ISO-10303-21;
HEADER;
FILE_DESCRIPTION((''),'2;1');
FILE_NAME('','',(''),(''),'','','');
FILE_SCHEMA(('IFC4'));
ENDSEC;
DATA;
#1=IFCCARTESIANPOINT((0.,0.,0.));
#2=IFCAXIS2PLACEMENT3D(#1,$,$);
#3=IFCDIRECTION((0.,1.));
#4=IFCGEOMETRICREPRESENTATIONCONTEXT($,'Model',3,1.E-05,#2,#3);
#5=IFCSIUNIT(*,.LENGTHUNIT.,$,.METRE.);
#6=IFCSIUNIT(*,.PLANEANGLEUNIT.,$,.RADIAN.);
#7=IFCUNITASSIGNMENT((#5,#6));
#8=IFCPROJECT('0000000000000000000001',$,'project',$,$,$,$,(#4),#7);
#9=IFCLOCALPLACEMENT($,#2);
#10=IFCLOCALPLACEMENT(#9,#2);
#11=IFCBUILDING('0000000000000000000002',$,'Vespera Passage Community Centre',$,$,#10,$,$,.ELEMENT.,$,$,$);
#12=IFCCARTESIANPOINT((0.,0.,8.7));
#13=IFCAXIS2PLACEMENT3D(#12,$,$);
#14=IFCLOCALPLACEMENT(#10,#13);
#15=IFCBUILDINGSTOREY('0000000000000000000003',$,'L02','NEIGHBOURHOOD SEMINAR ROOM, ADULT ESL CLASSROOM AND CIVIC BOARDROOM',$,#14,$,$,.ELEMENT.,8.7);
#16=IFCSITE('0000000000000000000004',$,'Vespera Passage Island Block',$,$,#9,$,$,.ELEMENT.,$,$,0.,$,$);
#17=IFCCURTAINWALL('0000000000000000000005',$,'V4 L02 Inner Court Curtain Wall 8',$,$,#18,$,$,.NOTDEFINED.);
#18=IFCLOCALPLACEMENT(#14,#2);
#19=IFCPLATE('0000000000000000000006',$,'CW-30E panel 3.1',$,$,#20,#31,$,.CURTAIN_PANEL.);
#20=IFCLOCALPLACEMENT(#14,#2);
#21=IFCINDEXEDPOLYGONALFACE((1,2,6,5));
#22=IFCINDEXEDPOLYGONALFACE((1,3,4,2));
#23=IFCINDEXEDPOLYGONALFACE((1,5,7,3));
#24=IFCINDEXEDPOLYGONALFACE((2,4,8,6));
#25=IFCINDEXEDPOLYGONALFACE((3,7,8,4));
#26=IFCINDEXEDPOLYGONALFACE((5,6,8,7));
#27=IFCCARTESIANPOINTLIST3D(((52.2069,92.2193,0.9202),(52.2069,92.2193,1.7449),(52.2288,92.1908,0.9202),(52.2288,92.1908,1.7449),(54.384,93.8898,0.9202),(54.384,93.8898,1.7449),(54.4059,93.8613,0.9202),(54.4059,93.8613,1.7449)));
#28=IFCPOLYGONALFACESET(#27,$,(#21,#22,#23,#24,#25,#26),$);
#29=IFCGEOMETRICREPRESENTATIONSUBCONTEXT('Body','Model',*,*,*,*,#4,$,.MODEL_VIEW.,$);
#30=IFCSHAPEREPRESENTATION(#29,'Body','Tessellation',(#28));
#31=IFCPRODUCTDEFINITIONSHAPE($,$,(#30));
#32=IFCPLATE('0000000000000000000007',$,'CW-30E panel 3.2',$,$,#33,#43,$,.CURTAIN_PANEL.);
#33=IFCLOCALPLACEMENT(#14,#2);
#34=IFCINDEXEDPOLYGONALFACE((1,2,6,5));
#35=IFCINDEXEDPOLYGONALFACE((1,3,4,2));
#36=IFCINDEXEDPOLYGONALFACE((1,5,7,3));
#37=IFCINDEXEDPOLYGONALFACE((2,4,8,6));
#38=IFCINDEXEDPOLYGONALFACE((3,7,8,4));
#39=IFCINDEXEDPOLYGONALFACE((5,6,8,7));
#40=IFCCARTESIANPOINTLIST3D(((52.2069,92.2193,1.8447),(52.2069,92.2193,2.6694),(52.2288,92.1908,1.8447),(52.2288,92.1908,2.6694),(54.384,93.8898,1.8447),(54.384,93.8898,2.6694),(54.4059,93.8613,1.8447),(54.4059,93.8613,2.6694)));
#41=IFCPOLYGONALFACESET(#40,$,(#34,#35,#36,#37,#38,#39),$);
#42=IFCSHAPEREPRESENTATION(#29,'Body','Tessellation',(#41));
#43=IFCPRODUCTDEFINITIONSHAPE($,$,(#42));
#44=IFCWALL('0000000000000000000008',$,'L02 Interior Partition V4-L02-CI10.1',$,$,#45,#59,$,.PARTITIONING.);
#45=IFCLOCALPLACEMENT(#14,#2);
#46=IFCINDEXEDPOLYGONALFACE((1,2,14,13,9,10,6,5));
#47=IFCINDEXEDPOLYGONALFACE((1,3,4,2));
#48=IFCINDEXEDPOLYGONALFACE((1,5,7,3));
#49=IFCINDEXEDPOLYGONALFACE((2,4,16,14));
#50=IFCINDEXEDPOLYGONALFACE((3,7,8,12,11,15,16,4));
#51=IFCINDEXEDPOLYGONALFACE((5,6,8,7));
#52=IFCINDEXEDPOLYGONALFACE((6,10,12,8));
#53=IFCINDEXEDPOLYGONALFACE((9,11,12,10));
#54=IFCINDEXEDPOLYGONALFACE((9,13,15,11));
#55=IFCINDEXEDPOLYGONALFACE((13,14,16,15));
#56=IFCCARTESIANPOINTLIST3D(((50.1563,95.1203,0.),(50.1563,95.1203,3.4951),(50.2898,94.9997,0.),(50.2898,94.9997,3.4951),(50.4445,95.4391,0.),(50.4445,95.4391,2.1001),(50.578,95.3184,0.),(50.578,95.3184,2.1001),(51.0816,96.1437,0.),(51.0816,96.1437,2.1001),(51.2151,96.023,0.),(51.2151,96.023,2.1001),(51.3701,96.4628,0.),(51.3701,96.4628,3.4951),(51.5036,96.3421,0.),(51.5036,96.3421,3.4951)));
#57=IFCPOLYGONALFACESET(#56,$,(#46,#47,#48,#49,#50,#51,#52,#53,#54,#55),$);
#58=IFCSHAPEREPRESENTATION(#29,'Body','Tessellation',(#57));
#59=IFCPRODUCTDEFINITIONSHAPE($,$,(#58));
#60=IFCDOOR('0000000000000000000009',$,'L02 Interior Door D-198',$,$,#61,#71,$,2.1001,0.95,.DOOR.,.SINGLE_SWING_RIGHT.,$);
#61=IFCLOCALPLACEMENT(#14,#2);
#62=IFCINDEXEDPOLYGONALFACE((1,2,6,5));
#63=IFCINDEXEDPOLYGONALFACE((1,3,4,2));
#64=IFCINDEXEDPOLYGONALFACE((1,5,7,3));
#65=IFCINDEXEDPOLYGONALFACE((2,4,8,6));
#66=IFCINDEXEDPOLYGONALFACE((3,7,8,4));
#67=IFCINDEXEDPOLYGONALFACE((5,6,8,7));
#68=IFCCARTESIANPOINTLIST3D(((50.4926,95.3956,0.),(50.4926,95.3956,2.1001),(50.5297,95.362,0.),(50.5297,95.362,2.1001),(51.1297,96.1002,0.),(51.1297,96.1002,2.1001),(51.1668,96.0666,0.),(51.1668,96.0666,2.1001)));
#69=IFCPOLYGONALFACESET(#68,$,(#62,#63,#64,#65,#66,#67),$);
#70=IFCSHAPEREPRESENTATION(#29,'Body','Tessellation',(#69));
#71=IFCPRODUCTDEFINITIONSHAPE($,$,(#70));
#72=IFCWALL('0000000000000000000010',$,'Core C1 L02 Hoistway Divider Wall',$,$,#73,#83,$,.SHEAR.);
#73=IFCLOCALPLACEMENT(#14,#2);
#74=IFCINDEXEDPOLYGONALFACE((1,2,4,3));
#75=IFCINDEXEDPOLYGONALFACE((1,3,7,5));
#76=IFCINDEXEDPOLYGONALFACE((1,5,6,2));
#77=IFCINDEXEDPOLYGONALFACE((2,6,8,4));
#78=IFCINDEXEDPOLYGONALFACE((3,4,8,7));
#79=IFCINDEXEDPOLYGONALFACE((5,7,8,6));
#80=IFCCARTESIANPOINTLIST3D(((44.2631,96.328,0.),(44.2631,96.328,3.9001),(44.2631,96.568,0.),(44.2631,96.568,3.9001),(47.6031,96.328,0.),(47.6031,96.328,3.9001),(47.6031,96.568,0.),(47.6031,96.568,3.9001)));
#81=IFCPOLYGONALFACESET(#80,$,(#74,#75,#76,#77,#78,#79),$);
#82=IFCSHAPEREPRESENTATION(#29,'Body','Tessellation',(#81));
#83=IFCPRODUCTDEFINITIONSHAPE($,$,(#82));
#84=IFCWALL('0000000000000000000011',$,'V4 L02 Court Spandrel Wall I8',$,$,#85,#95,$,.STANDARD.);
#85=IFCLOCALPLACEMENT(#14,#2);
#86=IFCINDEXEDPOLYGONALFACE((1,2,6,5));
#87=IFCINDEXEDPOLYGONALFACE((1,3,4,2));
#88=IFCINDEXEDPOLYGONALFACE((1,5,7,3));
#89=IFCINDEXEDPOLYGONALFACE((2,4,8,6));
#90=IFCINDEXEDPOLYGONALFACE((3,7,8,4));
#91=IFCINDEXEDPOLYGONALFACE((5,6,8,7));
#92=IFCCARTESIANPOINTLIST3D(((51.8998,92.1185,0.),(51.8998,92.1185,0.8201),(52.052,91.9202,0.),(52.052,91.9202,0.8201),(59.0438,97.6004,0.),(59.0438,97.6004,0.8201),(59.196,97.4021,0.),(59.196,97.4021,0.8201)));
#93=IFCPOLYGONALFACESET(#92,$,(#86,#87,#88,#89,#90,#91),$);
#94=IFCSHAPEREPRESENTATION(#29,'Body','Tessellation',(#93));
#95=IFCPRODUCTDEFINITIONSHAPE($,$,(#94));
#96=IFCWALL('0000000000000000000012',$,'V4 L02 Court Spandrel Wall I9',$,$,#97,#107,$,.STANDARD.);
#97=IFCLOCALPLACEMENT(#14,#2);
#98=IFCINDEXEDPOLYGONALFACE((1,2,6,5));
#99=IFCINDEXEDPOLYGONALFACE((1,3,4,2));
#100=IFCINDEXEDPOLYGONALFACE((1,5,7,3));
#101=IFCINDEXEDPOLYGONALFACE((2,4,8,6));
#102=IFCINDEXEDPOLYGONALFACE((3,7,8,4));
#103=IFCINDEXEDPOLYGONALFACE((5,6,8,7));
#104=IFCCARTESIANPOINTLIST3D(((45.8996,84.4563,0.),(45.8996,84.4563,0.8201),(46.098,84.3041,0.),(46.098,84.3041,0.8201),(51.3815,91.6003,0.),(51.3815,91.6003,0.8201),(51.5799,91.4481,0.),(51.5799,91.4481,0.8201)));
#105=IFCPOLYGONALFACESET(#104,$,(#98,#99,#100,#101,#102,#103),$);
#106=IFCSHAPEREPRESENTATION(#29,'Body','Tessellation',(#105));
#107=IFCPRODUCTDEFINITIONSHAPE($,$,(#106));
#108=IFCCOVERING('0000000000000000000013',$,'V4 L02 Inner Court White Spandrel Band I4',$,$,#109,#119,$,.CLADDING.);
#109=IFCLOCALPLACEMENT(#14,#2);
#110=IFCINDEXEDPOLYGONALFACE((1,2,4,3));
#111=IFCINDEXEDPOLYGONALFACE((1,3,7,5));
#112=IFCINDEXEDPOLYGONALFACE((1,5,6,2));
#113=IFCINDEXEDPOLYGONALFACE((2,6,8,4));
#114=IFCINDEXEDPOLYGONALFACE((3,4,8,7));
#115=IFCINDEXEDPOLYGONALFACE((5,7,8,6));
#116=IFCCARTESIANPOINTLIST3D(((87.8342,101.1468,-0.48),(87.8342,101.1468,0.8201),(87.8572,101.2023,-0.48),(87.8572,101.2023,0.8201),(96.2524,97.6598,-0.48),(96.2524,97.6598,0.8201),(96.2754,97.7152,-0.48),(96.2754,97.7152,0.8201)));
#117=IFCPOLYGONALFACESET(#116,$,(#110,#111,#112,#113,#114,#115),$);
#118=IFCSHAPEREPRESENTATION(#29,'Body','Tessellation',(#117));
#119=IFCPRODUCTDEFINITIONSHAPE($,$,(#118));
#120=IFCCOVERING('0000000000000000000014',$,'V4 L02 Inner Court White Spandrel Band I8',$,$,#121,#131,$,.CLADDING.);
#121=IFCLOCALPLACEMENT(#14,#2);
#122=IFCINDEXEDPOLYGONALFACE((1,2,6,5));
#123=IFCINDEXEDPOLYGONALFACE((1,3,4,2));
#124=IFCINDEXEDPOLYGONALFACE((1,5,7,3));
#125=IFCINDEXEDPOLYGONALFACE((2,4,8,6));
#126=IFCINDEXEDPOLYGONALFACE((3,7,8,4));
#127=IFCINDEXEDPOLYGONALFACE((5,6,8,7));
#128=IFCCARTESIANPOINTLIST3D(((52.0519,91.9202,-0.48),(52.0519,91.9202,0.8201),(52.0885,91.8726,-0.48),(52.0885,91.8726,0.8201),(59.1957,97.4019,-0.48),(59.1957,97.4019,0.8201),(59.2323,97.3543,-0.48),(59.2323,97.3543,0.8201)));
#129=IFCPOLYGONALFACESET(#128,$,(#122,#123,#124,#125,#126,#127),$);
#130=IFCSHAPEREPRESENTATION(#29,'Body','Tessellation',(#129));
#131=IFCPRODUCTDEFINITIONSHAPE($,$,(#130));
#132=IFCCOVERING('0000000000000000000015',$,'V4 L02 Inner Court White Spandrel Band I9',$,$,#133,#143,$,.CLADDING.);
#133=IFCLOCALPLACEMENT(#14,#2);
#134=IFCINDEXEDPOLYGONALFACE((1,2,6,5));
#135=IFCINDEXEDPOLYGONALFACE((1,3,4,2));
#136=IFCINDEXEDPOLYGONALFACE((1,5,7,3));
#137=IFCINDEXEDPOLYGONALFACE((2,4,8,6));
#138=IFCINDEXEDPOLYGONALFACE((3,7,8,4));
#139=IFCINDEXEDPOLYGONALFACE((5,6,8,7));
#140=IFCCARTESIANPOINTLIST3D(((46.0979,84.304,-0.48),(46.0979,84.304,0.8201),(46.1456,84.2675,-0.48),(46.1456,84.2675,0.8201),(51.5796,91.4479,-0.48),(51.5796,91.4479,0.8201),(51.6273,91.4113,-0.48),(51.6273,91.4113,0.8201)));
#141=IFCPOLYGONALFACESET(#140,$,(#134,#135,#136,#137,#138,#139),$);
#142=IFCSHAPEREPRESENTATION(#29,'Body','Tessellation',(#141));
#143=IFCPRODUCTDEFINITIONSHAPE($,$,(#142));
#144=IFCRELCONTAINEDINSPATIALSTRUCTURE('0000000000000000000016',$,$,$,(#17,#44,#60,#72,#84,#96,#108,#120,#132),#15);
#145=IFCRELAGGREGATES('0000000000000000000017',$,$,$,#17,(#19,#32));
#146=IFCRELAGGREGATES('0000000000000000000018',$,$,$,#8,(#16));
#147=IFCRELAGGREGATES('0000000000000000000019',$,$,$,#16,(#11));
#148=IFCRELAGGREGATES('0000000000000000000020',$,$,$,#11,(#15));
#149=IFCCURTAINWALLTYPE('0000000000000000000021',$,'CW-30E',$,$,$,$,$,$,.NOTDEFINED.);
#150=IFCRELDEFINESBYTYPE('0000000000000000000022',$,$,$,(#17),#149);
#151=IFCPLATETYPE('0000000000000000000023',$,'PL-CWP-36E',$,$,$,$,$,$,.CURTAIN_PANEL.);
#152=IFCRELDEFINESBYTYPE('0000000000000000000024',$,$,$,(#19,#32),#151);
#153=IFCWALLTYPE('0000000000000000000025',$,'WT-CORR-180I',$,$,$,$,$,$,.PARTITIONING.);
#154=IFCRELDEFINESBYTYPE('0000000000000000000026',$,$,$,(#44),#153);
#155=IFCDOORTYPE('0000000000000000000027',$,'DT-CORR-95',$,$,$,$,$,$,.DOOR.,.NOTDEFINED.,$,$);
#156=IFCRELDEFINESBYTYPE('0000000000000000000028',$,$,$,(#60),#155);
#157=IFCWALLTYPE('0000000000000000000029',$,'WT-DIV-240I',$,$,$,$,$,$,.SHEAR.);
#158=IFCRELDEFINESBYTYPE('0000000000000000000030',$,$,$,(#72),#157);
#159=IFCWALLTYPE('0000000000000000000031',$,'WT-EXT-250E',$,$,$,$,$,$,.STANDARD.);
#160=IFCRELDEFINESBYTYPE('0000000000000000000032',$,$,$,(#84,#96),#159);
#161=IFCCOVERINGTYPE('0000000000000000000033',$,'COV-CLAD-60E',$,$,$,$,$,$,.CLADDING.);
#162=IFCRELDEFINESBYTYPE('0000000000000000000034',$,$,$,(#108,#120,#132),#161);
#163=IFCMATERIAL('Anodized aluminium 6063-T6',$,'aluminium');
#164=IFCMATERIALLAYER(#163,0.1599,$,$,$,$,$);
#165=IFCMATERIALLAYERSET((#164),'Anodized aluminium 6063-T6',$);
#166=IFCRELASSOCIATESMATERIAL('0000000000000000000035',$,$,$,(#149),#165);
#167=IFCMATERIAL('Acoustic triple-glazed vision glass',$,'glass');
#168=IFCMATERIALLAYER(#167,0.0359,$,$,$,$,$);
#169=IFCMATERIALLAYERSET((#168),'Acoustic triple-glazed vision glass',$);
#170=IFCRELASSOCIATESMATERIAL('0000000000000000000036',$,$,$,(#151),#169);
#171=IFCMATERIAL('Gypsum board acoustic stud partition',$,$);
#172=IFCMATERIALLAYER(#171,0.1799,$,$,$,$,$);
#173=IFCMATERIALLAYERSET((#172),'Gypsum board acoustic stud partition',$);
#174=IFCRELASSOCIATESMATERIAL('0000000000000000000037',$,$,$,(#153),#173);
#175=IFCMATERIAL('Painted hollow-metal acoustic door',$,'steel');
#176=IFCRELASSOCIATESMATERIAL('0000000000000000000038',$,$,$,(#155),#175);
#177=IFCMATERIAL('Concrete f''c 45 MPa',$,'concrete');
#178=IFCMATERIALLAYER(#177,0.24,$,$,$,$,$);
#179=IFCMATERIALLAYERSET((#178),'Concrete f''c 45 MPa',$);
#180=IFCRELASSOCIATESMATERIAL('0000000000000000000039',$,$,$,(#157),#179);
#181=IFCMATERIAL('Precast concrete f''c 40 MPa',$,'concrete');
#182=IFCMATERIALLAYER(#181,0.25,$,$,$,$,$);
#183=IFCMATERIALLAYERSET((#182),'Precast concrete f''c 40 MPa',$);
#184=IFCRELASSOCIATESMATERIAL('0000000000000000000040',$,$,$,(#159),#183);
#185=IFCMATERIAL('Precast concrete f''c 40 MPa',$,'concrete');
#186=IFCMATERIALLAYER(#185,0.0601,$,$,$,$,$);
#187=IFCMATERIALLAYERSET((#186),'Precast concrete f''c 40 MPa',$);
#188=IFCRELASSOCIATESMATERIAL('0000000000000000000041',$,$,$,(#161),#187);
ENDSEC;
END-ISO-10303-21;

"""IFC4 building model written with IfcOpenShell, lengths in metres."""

from ifc_helpers import new_model, si_unit, direction, frame, frame_2d, origin, origin_2d, place, context, subcontext, project, spatial, rectangle, extrude, material, layer, layer_set, type_object, element, fill, aggregate, save


model = new_model("IFC4")

# Units and contexts
model_context = context("Model", 3, precision=1e-05, world=origin(), true_north=direction((0.0, 1.0)))
body_context = subcontext(model_context, "Body", "Model", "MODEL_VIEW")
ifc_project = project(units=[si_unit("LENGTHUNIT", "METRE"), si_unit("PLANEANGLEUNIT", "RADIAN")], contexts=[model_context])

# Site, building, storey
site_placement = place(None, origin())
site = spatial("IfcSite", under=ifc_project, at=site_placement, Name="Vespera Passage Island Block", CompositionType="ELEMENT", RefElevation=0.0)
building_placement = place(site_placement, origin())
building = spatial("IfcBuilding", under=site, at=building_placement, Name="Vespera Passage Community Centre", CompositionType="ELEMENT")
storey_placement = place(building_placement, frame((0.0, 0.0, 8.7)))
storey = spatial("IfcBuildingStorey", under=building, at=storey_placement, Name="L02", Description="NEIGHBOURHOOD SEMINAR ROOM, ADULT ESL CLASSROOM AND CIVIC BOARDROOM", CompositionType="ELEMENT", Elevation=8.7)

# Curtain wall
ifc_material_1 = material(Name="Anodized aluminium 6063-T6", Category="aluminium")
ifc_layer_1 = layer(ifc_material_1, 0.1599)
ifc_layer_set_1 = layer_set([ifc_layer_1], Name="Anodized aluminium 6063-T6")
curtain_wall_type_1 = type_object("IfcCurtainWallType", Name="CW-30E", PredefinedType="NOTDEFINED", material=ifc_layer_set_1)
curtain_wall_1_placement = place(storey_placement, origin())
curtain_wall_1 = element("IfcCurtainWall", 1, at=curtain_wall_1_placement, inside=storey, type_object=curtain_wall_type_1, Name="V4 L02 Inner Court Curtain Wall 8", PredefinedType="NOTDEFINED")

# Plates
ifc_material_2 = material(Name="Acoustic triple-glazed vision glass", Category="glass")
ifc_layer_2 = layer(ifc_material_2, 0.0359)
ifc_layer_set_2 = layer_set([ifc_layer_2], Name="Acoustic triple-glazed vision glass")
plate_type = type_object("IfcPlateType", Name="PL-CWP-36E", PredefinedType="CURTAIN_PANEL", material=ifc_layer_set_2)
plate_1_placement = place(storey_placement, frame((53.3064, 93.0403, 0.9202), z_axis=(0.0, 0.0, 1.0), x_axis=(-0.793358, -0.608755, 0.0)))
plate_1 = element("IfcPlate", 2, at=plate_1_placement, type_object=plate_type, Name="CW-30E panel 3.1", PredefinedType="CURTAIN_PANEL", context=body_context, shape_type="SweptSolid", body=[
    extrude(rectangle(XDim=2.7441, YDim=0.0359, at=origin_2d()), origin(), (0.0, 0.0, 1.0), 0.8247),
])
plate_2_placement = place(storey_placement, frame((53.3064, 93.0403, 1.8447), z_axis=(0.0, 0.0, 1.0), x_axis=(-0.793358, -0.608755, 0.0)))
plate_2 = element("IfcPlate", 3, at=plate_2_placement, type_object=plate_type, Name="CW-30E panel 3.2", PredefinedType="CURTAIN_PANEL", context=body_context, shape_type="SweptSolid", body=[
    extrude(rectangle(XDim=2.7441, YDim=0.0359, at=origin_2d()), origin(), (0.0, 0.0, 1.0), 0.8247),
])
aggregate(curtain_wall_1, [plate_1, plate_2])

# Wall, opening, door
ifc_material_3 = material(Name="Gypsum board acoustic stud partition")
ifc_layer_3 = layer(ifc_material_3, 0.1799)
ifc_layer_set_3 = layer_set([ifc_layer_3], Name="Gypsum board acoustic stud partition")
wall_type_1 = type_object("IfcWallType", Name="WT-CORR-180I", PredefinedType="PARTITIONING", material=ifc_layer_set_3)
wall_1_placement = place(storey_placement, frame((51.4368, 96.4023, 0.0), z_axis=(0.0, 0.0, 1.0), x_axis=(-0.67067, -0.741756, 0.0)))
wall_1 = element("IfcWall", 4, at=wall_1_placement, inside=storey, type_object=wall_type_1, Name="L02 Interior Partition V4-L02-CI10.1", PredefinedType="PARTITIONING", context=body_context, shape_type="SweptSolid", body=[
    extrude(rectangle(XDim=1.8098, YDim=0.1799, at=frame_2d((0.9048, 0.0))), origin(), (0.0, 0.0, 1.0), 3.4951),
])
opening_placement = place(wall_1_placement, frame((0.4299, 0.0, 0.0)))
opening = element("IfcOpeningElement", 5, at=opening_placement, cuts=wall_1, PredefinedType="OPENING", context=body_context, shape_type="SweptSolid", body=[
    extrude(rectangle(XDim=0.95, YDim=2.1001, at=frame_2d((0.4751, 1.05))), frame((0.0, 0.0999, 0.0), z_axis=(0.0, -1.0, 0.0), x_axis=(1.0, 0.0, 0.0)), (0.0, 0.0, 1.0), 0.2),
])
ifc_material_4 = material(Name="Painted hollow-metal acoustic door", Category="steel")
door_type = type_object("IfcDoorType", Name="DT-CORR-95", OperationType="NOTDEFINED", PredefinedType="DOOR", material=ifc_material_4)
door_placement = place(opening_placement, origin())
door = element("IfcDoor", 6, at=door_placement, inside=storey, type_object=door_type, Name="L02 Interior Door D-198", OperationType="SINGLE_SWING_RIGHT", OverallHeight=2.1001, OverallWidth=0.95, PredefinedType="DOOR", context=body_context, shape_type="SweptSolid", body=[
    extrude(rectangle(XDim=0.95, YDim=2.1001, at=frame_2d((0.4751, 1.05))), frame((0.0, 0.0249, 0.0), z_axis=(0.0, -1.0, 0.0), x_axis=(1.0, 0.0, 0.0)), (0.0, 0.0, 1.0), 0.05),
])
fill(opening, door)

# Walls
ifc_material_5 = material(Name="Concrete f'c 45 MPa", Category="concrete")
ifc_layer_4 = layer(ifc_material_5, 0.24)
ifc_layer_set_4 = layer_set([ifc_layer_4], Name="Concrete f'c 45 MPa")
wall_type_2 = type_object("IfcWallType", Name="WT-DIV-240I", PredefinedType="SHEAR", material=ifc_layer_set_4)
wall_2_placement = place(storey_placement, frame((47.603, 96.448, 0.0), z_axis=(0.0, 0.0, 1.0), x_axis=(-1.0, 0.0, 0.0)))
element("IfcWall", 7, at=wall_2_placement, inside=storey, type_object=wall_type_2, Name="Core C1 L02 Hoistway Divider Wall", PredefinedType="SHEAR", context=body_context, shape_type="SweptSolid", body=[
    extrude(rectangle(XDim=3.3401, YDim=0.24, at=frame_2d((1.6699, 0.0))), origin(), (0.0, 0.0, 1.0), 3.9001),
])
ifc_material_6 = material(Name="Precast concrete f'c 40 MPa", Category="concrete")
ifc_layer_5 = layer(ifc_material_6, 0.25)
ifc_layer_set_5 = layer_set([ifc_layer_5], Name="Precast concrete f'c 40 MPa")
wall_type_3 = type_object("IfcWallType", Name="WT-EXT-250E", PredefinedType="STANDARD", material=ifc_layer_set_5)
for number, where, z_axis, x_axis, name in (
    (8, (59.1199, 97.5012, 0.0), (0.0, 0.0, 1.0), (-0.793347, -0.60877, 0.0), "V4 L02 Court Spandrel Wall I8"),
    (9, (51.4807, 91.5242, 0.0), (0.0, 0.0, 1.0), (-0.60877, -0.793347, 0.0), "V4 L02 Court Spandrel Wall I9"),
):
    element("IfcWall", number, at=place(storey_placement, frame(where, z_axis=z_axis, x_axis=x_axis)), inside=storey, type_object=wall_type_3, Name=name, PredefinedType="STANDARD", context=body_context, shape_type="SweptSolid", body=[
        extrude(rectangle(XDim=9.0049, YDim=0.25, at=frame_2d((4.5024, 0.0))), origin(), (0.0, 0.0, 1.0), 0.8201),
    ])

# Coverings
ifc_material_7 = material(Name="Precast concrete f'c 40 MPa", Category="concrete")
ifc_layer_6 = layer(ifc_material_7, 0.0601)
ifc_layer_set_6 = layer_set([ifc_layer_6], Name="Precast concrete f'c 40 MPa")
covering_type = type_object("IfcCoveringType", Name="COV-CLAD-60E", PredefinedType="CLADDING", material=ifc_layer_set_6)
covering_placement = place(storey_placement, frame((96.2639, 97.6875, -0.48), z_axis=(0.0, 0.0, 1.0), x_axis=(-0.923875, 0.382695, 0.0)))
element("IfcCovering", 10, at=covering_placement, inside=storey, type_object=covering_type, Name="V4 L02 Inner Court White Spandrel Band I4", PredefinedType="CLADDING", context=body_context, shape_type="SweptSolid", body=[
    extrude(rectangle(XDim=9.1118, YDim=0.0601, at=frame_2d((4.5559, 0.0))), origin(), (0.0, 0.0, 1.0), 1.3),
])
for number, where, z_axis, x_axis, name in (
    (11, (59.2141, 97.3782, -0.48), (0.0, 0.0, 1.0), (-0.79335, -0.608766, 0.0), "V4 L02 Inner Court White Spandrel Band I8"),
    (12, (51.6035, 91.4297, -0.48), (0.0, 0.0, 1.0), (-0.608766, -0.79335, 0.0), "V4 L02 Inner Court White Spandrel Band I9"),
):
    element("IfcCovering", number, at=place(storey_placement, frame(where, z_axis=z_axis, x_axis=x_axis)), inside=storey, type_object=covering_type, Name=name, PredefinedType="CLADDING", context=body_context, shape_type="SweptSolid", body=[
        extrude(rectangle(XDim=9.0046, YDim=0.0601, at=frame_2d((4.5024, 0.0))), origin(), (0.0, 0.0, 1.0), 1.3),
    ])

save(model, "model.ifc")
